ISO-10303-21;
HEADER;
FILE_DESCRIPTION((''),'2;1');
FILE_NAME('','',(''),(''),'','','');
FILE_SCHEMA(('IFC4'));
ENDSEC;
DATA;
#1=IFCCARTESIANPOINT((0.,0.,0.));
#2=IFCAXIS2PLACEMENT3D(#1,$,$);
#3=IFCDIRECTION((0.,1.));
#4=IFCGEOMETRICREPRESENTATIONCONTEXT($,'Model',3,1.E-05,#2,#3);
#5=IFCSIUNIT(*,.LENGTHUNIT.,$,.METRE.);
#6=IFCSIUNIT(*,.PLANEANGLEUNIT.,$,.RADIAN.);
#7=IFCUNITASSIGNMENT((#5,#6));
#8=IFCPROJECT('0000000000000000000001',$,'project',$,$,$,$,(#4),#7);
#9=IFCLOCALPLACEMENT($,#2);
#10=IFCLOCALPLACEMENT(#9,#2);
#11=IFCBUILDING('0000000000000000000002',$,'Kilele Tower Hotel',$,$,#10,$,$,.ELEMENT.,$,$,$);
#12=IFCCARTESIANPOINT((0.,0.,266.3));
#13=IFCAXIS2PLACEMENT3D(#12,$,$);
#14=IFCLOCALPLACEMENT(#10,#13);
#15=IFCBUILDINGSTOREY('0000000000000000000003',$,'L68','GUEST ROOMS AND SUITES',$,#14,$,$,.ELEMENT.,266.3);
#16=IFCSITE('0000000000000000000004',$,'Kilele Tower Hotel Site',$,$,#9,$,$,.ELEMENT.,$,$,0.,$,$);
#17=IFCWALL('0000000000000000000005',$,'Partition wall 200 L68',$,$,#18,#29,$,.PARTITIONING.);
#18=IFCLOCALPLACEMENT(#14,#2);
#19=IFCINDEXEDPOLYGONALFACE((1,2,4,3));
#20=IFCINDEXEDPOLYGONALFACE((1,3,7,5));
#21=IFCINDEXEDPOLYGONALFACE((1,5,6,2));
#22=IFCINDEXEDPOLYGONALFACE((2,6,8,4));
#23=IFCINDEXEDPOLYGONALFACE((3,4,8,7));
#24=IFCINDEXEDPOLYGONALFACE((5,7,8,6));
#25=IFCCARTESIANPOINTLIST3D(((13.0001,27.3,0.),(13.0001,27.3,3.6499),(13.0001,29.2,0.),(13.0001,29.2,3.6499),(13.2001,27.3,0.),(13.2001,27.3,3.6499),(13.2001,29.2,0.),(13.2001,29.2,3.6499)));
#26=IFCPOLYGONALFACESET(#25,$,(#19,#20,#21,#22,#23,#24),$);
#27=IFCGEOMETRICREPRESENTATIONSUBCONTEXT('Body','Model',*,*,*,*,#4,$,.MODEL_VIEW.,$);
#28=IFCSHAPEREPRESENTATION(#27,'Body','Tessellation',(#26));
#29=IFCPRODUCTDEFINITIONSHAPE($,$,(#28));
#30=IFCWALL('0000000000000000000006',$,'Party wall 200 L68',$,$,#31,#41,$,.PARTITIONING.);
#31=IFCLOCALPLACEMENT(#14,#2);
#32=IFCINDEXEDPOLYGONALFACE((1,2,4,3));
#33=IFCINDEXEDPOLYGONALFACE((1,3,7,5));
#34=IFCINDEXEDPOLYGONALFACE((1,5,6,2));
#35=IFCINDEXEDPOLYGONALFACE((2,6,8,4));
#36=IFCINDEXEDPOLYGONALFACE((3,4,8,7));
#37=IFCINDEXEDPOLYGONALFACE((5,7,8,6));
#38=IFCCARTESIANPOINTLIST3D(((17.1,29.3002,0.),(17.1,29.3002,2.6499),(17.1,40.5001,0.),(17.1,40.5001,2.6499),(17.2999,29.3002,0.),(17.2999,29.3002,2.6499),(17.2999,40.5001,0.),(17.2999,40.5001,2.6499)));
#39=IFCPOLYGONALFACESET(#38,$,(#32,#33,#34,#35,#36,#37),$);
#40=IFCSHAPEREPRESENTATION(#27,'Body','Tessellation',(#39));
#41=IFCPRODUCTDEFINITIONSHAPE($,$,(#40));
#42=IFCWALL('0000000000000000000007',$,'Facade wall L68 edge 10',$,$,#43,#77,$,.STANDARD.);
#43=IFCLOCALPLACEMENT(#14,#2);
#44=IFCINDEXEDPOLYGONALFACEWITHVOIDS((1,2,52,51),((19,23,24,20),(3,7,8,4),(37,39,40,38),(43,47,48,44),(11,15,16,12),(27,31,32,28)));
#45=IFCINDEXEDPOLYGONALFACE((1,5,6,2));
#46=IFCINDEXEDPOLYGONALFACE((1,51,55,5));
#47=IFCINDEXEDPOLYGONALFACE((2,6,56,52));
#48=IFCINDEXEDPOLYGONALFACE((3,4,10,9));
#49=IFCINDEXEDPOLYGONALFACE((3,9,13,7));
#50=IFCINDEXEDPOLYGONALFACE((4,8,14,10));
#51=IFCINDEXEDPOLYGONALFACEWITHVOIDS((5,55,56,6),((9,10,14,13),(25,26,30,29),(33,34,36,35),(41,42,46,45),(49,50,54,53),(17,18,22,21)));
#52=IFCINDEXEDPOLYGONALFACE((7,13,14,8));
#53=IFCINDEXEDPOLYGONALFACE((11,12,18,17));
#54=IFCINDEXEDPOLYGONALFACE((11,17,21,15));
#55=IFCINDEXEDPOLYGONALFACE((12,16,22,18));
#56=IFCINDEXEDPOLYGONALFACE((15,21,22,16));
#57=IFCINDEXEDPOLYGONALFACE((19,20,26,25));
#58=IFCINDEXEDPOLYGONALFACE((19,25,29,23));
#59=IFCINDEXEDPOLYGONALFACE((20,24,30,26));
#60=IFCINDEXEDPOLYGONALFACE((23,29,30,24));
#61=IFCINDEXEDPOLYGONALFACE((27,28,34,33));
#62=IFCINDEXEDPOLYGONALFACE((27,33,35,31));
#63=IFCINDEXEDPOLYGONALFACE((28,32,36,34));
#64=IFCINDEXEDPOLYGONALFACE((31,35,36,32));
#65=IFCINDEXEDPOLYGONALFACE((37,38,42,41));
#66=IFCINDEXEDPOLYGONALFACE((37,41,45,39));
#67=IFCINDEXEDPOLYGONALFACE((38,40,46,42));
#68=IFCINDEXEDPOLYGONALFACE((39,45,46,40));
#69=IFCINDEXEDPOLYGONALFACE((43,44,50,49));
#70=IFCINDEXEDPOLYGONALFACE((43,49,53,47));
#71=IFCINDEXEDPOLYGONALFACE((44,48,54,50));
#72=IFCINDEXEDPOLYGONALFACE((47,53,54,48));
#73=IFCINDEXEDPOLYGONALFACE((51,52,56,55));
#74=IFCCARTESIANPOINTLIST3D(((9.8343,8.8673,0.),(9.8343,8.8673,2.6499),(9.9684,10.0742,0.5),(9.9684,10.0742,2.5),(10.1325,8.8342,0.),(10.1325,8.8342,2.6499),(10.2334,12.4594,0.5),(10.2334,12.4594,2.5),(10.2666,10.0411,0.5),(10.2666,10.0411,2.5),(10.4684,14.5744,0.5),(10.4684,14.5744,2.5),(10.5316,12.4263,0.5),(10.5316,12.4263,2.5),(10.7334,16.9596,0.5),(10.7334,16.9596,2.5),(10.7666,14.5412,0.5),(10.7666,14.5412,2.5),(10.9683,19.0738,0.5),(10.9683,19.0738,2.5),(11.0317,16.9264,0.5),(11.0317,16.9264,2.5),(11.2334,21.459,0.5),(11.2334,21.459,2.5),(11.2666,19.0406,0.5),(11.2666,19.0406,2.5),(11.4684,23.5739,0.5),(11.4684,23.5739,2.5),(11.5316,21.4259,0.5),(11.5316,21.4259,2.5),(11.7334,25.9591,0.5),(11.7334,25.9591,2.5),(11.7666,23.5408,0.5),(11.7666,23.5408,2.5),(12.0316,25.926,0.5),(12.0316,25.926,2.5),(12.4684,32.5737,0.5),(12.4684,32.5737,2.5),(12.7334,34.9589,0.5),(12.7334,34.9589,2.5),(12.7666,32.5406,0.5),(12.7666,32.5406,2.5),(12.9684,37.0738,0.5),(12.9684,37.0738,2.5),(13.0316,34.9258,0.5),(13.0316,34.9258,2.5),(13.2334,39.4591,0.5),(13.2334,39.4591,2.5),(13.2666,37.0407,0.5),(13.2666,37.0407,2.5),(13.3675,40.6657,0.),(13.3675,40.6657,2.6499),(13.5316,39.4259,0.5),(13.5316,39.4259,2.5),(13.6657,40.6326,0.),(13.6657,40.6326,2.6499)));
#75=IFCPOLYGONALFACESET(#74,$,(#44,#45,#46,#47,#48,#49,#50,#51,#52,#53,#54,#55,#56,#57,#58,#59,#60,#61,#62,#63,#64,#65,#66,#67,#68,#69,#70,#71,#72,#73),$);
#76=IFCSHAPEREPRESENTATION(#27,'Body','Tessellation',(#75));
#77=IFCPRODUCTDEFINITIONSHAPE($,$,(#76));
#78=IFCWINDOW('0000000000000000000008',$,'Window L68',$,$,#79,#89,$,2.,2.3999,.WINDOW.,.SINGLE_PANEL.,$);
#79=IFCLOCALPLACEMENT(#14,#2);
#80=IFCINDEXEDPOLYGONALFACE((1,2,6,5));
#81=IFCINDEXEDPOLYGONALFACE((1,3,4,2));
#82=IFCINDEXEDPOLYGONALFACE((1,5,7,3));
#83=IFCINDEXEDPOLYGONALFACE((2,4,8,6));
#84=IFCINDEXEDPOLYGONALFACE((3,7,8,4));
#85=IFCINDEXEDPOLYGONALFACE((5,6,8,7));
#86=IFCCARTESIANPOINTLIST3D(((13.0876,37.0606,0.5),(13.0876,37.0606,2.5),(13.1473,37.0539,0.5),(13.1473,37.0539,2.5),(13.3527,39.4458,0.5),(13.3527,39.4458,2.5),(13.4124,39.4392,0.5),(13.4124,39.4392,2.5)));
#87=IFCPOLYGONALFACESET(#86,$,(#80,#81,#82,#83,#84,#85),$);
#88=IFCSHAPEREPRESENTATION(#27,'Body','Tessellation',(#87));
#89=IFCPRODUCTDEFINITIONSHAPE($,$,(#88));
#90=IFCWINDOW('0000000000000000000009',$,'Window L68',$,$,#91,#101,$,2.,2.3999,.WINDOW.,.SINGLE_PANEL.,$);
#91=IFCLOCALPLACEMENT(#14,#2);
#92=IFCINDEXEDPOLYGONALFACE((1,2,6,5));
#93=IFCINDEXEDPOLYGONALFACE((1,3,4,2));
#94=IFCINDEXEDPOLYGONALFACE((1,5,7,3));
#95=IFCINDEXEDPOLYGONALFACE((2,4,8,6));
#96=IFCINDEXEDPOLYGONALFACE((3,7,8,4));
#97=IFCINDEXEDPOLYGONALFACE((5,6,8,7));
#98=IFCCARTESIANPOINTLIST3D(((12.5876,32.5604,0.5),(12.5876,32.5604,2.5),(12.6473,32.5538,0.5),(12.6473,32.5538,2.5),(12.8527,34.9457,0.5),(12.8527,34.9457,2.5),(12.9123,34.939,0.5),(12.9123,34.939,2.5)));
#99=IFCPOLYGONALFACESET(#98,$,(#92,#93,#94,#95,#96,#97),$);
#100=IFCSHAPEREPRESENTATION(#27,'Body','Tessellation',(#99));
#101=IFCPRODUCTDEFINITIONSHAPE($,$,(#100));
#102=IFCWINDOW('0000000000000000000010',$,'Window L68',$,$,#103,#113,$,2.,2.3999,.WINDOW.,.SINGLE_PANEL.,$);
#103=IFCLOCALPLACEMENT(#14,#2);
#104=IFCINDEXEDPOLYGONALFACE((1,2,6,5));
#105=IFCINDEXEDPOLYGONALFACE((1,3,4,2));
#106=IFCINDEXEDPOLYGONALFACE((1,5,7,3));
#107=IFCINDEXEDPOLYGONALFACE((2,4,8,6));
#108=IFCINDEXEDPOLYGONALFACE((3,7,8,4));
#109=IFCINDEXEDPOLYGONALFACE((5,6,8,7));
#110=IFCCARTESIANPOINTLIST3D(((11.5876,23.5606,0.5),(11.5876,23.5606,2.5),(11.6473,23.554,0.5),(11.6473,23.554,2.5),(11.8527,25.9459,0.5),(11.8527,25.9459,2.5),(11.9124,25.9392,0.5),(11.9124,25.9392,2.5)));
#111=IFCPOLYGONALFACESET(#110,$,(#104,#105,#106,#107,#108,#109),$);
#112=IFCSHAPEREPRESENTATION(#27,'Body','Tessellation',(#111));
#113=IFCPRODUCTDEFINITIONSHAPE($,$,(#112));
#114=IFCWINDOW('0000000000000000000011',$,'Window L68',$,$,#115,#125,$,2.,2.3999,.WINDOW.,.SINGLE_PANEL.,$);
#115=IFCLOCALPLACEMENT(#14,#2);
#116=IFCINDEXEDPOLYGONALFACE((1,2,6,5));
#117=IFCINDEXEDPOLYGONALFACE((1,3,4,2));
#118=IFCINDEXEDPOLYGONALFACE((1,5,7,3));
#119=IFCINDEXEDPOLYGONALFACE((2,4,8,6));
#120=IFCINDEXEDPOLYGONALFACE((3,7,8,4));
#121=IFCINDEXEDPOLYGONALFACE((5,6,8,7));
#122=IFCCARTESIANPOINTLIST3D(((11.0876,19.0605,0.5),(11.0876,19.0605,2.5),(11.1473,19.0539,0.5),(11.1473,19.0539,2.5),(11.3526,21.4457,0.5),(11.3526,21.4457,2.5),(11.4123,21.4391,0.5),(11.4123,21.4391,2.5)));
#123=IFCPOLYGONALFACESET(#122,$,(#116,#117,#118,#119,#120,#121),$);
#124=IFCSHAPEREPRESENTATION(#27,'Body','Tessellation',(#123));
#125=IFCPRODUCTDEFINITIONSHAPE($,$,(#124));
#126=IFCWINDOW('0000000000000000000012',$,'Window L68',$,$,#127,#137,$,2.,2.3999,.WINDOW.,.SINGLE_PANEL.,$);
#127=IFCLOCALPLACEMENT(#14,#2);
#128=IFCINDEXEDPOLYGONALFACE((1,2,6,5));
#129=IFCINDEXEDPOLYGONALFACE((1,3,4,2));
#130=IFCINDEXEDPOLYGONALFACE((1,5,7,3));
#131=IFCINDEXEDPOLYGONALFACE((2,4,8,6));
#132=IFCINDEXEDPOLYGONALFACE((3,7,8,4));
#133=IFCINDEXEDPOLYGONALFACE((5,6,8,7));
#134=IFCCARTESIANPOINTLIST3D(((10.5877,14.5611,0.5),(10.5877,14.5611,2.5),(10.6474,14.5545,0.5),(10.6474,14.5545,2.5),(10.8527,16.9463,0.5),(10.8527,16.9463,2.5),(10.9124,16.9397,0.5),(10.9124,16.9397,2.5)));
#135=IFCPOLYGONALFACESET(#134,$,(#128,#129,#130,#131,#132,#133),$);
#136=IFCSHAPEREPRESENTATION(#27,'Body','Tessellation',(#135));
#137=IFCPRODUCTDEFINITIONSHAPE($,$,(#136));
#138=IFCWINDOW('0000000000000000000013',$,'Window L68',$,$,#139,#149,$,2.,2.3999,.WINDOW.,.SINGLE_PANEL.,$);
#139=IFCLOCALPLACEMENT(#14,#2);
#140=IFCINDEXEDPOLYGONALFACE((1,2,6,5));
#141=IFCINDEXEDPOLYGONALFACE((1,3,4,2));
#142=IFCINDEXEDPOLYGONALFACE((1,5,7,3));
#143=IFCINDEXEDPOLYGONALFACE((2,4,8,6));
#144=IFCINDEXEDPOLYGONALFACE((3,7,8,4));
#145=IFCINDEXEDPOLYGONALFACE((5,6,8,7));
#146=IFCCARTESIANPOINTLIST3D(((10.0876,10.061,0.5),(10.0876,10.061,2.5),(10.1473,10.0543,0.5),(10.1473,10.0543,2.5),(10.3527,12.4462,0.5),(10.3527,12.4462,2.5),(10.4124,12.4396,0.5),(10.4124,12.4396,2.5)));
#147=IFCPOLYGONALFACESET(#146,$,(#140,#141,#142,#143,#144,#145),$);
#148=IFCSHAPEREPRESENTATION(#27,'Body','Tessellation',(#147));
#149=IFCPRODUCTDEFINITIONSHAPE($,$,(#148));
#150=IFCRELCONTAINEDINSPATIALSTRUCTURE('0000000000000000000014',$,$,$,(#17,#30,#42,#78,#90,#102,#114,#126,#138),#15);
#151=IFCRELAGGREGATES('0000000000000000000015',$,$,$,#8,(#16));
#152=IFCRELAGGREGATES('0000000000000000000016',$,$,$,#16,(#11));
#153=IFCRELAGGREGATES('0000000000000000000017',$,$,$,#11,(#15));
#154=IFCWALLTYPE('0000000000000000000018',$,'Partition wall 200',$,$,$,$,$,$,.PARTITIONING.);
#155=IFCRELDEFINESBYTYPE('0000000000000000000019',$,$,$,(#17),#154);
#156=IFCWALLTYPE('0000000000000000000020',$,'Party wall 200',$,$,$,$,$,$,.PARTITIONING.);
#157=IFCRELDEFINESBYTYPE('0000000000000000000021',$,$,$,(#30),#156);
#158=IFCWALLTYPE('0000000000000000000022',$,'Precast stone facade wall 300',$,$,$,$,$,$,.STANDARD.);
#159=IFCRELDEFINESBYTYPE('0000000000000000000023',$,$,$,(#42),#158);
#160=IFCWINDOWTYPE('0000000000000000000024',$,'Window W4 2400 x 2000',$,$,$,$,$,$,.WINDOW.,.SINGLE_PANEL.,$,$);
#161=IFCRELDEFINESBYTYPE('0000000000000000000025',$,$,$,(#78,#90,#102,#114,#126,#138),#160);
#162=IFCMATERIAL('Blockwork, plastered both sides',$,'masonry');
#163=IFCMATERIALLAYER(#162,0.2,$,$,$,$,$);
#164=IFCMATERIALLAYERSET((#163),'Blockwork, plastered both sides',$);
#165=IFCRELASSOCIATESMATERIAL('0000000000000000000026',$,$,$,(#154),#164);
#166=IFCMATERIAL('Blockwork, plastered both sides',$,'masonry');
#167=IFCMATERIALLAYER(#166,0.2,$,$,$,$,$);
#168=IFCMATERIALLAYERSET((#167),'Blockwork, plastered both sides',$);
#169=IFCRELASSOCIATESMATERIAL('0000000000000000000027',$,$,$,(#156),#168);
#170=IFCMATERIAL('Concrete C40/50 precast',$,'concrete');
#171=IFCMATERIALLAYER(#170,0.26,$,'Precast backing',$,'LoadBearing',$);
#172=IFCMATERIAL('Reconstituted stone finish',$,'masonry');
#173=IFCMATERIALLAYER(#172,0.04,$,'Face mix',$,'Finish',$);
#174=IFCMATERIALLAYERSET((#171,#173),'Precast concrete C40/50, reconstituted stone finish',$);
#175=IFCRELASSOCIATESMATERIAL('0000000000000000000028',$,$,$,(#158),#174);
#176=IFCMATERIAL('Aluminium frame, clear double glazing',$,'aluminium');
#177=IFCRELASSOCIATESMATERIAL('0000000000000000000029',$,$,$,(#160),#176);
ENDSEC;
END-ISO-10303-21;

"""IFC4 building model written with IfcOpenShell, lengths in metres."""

from ifc_helpers import new_model, si_unit, direction, frame, frame_2d, origin, place, context, subcontext, project, spatial, rectangle, extrude, material, layer, layer_set, type_object, element, fill, save


model = new_model("IFC4")

# Units and contexts
model_context = context("Model", 3, precision=1e-05, world=origin(), true_north=direction((0.0, 1.0)))
body_context = subcontext(model_context, "Body", "Model", "MODEL_VIEW")
ifc_project = project(units=[si_unit("LENGTHUNIT", "METRE"), si_unit("PLANEANGLEUNIT", "RADIAN")], contexts=[model_context])

# Site, building, storey
site_placement = place(None, origin())
site = spatial("IfcSite", under=ifc_project, at=site_placement, Name="Kilele Tower Hotel Site", CompositionType="ELEMENT", RefElevation=0.0)
building_placement = place(site_placement, origin())
building = spatial("IfcBuilding", under=site, at=building_placement, Name="Kilele Tower Hotel", CompositionType="ELEMENT")
storey_placement = place(building_placement, frame((0.0, 0.0, 266.3)))
storey = spatial("IfcBuildingStorey", under=building, at=storey_placement, Name="L68", Description="GUEST ROOMS AND SUITES", CompositionType="ELEMENT", Elevation=266.3)

# Walls
ifc_material_1 = material(Name="Blockwork, plastered both sides", Category="masonry")
ifc_layer_1 = layer(ifc_material_1, 0.2)
ifc_layer_set_1 = layer_set([ifc_layer_1], Name="Blockwork, plastered both sides")
wall_type_1 = type_object("IfcWallType", Name="Partition wall 200", PredefinedType="PARTITIONING", material=ifc_layer_set_1)
wall_1_placement = place(storey_placement, frame((13.1001, 27.3, 0.0), z_axis=(0.0, 0.0, 1.0), x_axis=(0.0, 1.0, 0.0)))
element("IfcWall", 1, at=wall_1_placement, inside=storey, type_object=wall_type_1, Name="Partition wall 200 L68", PredefinedType="PARTITIONING", context=body_context, shape_type="SweptSolid", body=[
    extrude(rectangle(XDim=1.8999, YDim=0.2, at=frame_2d((0.95, 0.0))), origin(), (0.0, 0.0, 1.0), 3.6499),
])
ifc_material_2 = material(Name="Blockwork, plastered both sides", Category="masonry")
ifc_layer_2 = layer(ifc_material_2, 0.2)
ifc_layer_set_2 = layer_set([ifc_layer_2], Name="Blockwork, plastered both sides")
wall_type_2 = type_object("IfcWallType", Name="Party wall 200", PredefinedType="PARTITIONING", material=ifc_layer_set_2)
wall_2_placement = place(storey_placement, frame((17.2, 29.3, 0.0), z_axis=(0.0, 0.0, 1.0), x_axis=(0.0, 1.0, 0.0)))
element("IfcWall", 2, at=wall_2_placement, inside=storey, type_object=wall_type_2, Name="Party wall 200 L68", PredefinedType="PARTITIONING", context=body_context, shape_type="SweptSolid", body=[
    extrude(rectangle(XDim=11.2, YDim=0.2, at=frame_2d((5.6001, 0.0))), origin(), (0.0, 0.0, 1.0), 2.6499),
])

# Wall, openings, windows
ifc_material_3 = material(Name="Concrete C40/50 precast", Category="concrete")
ifc_layer_3 = layer(ifc_material_3, 0.26, Name="Precast backing", Category="LoadBearing")
ifc_material_4 = material(Name="Reconstituted stone finish", Category="masonry")
ifc_layer_4 = layer(ifc_material_4, 0.04, Name="Face mix", Category="Finish")
ifc_layer_set_3 = layer_set([ifc_layer_3, ifc_layer_4], Name="Precast concrete C40/50, reconstituted stone finish")
wall_type_3 = type_object("IfcWallType", Name="Precast stone facade wall 300", PredefinedType="STANDARD", material=ifc_layer_set_3)
wall_3_placement = place(storey_placement, frame((13.5166, 40.6492, 0.0), z_axis=(0.0, 0.0, 1.0), x_axis=(-0.110433, -0.993884, 0.0)))
wall_3 = element("IfcWall", 3, at=wall_3_placement, inside=storey, type_object=wall_type_3, Name="Facade wall L68 edge 10", PredefinedType="STANDARD", context=body_context, shape_type="SweptSolid", body=[
    extrude(rectangle(XDim=31.9941, YDim=0.3, at=frame_2d((15.9971, 0.0))), origin(), (0.0, 0.0, 1.0), 2.6499),
])
opening_1_placement = place(wall_3_placement, frame((1.2141, 0.0, 0.5)))
opening_1 = element("IfcOpeningElement", 4, at=opening_1_placement, cuts=wall_3, PredefinedType="OPENING", context=body_context, shape_type="SweptSolid", body=[
    extrude(rectangle(XDim=2.3999, YDim=2.0, at=frame_2d((1.2, 1.0))), frame((0.0, 0.1599, 0.0), z_axis=(0.0, -1.0, 0.0), x_axis=(1.0, 0.0, 0.0)), (0.0, 0.0, 1.0), 0.3201),
])
opening_2_placement = place(wall_3_placement, frame((5.7419, 0.0, 0.5)))
opening_2 = element("IfcOpeningElement", 5, at=opening_2_placement, cuts=wall_3, PredefinedType="OPENING", context=body_context, shape_type="SweptSolid", body=[
    extrude(rectangle(XDim=2.3999, YDim=2.0, at=frame_2d((1.2, 1.0))), frame((0.0, 0.1599, 0.0), z_axis=(0.0, -1.0, 0.0), x_axis=(1.0, 0.0, 0.0)), (0.0, 0.0, 1.0), 0.3201),
])
opening_3_placement = place(wall_3_placement, frame((14.7971, 0.0, 0.5)))
opening_3 = element("IfcOpeningElement", 6, at=opening_3_placement, cuts=wall_3, PredefinedType="OPENING", context=body_context, shape_type="SweptSolid", body=[
    extrude(rectangle(XDim=2.3999, YDim=2.0, at=frame_2d((1.2, 1.0))), frame((0.0, 0.1599, 0.0), z_axis=(0.0, -1.0, 0.0), x_axis=(1.0, 0.0, 0.0)), (0.0, 0.0, 1.0), 0.3201),
])
opening_4_placement = place(wall_3_placement, frame((19.325, 0.0, 0.5)))
opening_4 = element("IfcOpeningElement", 7, at=opening_4_placement, cuts=wall_3, PredefinedType="OPENING", context=body_context, shape_type="SweptSolid", body=[
    extrude(rectangle(XDim=2.3999, YDim=2.0, at=frame_2d((1.2, 1.0))), frame((0.0, 0.1599, 0.0), z_axis=(0.0, -1.0, 0.0), x_axis=(1.0, 0.0, 0.0)), (0.0, 0.0, 1.0), 0.3201),
])
opening_5_placement = place(wall_3_placement, frame((23.8521, 0.0, 0.5)))
opening_5 = element("IfcOpeningElement", 8, at=opening_5_placement, cuts=wall_3, PredefinedType="OPENING", context=body_context, shape_type="SweptSolid", body=[
    extrude(rectangle(XDim=2.3999, YDim=2.0, at=frame_2d((1.2, 1.0))), frame((0.0, 0.1599, 0.0), z_axis=(0.0, -1.0, 0.0), x_axis=(1.0, 0.0, 0.0)), (0.0, 0.0, 1.0), 0.3201),
])
opening_6_placement = place(wall_3_placement, frame((28.3799, 0.0, 0.5)))
opening_6 = element("IfcOpeningElement", 9, at=opening_6_placement, cuts=wall_3, PredefinedType="OPENING", context=body_context, shape_type="SweptSolid", body=[
    extrude(rectangle(XDim=2.3999, YDim=2.0, at=frame_2d((1.2, 1.0))), frame((0.0, 0.1599, 0.0), z_axis=(0.0, -1.0, 0.0), x_axis=(1.0, 0.0, 0.0)), (0.0, 0.0, 1.0), 0.3201),
])
ifc_material_5 = material(Name="Aluminium frame, clear double glazing", Category="aluminium")
window_type = type_object("IfcWindowType", Name="Window W4 2400 x 2000", PartitioningType="SINGLE_PANEL", PredefinedType="WINDOW", material=ifc_material_5)
window_1_placement = place(opening_1_placement, origin())
window_1 = element("IfcWindow", 10, at=window_1_placement, inside=storey, type_object=window_type, Name="Window L68", OverallHeight=2.0, OverallWidth=2.3999, PartitioningType="SINGLE_PANEL", PredefinedType="WINDOW", context=body_context, shape_type="SweptSolid", body=[
    extrude(rectangle(XDim=2.3999, YDim=2.0, at=frame_2d((1.2, 1.0))), frame((0.0, 0.03, 0.0), z_axis=(0.0, -1.0, 0.0), x_axis=(1.0, 0.0, 0.0)), (0.0, 0.0, 1.0), 0.0601),
])
fill(opening_1, window_1)
window_2_placement = place(opening_2_placement, origin())
window_2 = element("IfcWindow", 11, at=window_2_placement, inside=storey, type_object=window_type, Name="Window L68", OverallHeight=2.0, OverallWidth=2.3999, PartitioningType="SINGLE_PANEL", PredefinedType="WINDOW", context=body_context, shape_type="SweptSolid", body=[
    extrude(rectangle(XDim=2.3999, YDim=2.0, at=frame_2d((1.2, 1.0))), frame((0.0, 0.03, 0.0), z_axis=(0.0, -1.0, 0.0), x_axis=(1.0, 0.0, 0.0)), (0.0, 0.0, 1.0), 0.0601),
])
fill(opening_2, window_2)
window_3_placement = place(opening_3_placement, origin())
window_3 = element("IfcWindow", 12, at=window_3_placement, inside=storey, type_object=window_type, Name="Window L68", OverallHeight=2.0, OverallWidth=2.3999, PartitioningType="SINGLE_PANEL", PredefinedType="WINDOW", context=body_context, shape_type="SweptSolid", body=[
    extrude(rectangle(XDim=2.3999, YDim=2.0, at=frame_2d((1.2, 1.0))), frame((0.0, 0.03, 0.0), z_axis=(0.0, -1.0, 0.0), x_axis=(1.0, 0.0, 0.0)), (0.0, 0.0, 1.0), 0.0601),
])
fill(opening_3, window_3)
window_4_placement = place(opening_4_placement, origin())
window_4 = element("IfcWindow", 13, at=window_4_placement, inside=storey, type_object=window_type, Name="Window L68", OverallHeight=2.0, OverallWidth=2.3999, PartitioningType="SINGLE_PANEL", PredefinedType="WINDOW", context=body_context, shape_type="SweptSolid", body=[
    extrude(rectangle(XDim=2.3999, YDim=2.0, at=frame_2d((1.2, 1.0))), frame((0.0, 0.03, 0.0), z_axis=(0.0, -1.0, 0.0), x_axis=(1.0, 0.0, 0.0)), (0.0, 0.0, 1.0), 0.0601),
])
fill(opening_4, window_4)
window_5_placement = place(opening_5_placement, origin())
window_5 = element("IfcWindow", 14, at=window_5_placement, inside=storey, type_object=window_type, Name="Window L68", OverallHeight=2.0, OverallWidth=2.3999, PartitioningType="SINGLE_PANEL", PredefinedType="WINDOW", context=body_context, shape_type="SweptSolid", body=[
    extrude(rectangle(XDim=2.3999, YDim=2.0, at=frame_2d((1.2, 1.0))), frame((0.0, 0.03, 0.0), z_axis=(0.0, -1.0, 0.0), x_axis=(1.0, 0.0, 0.0)), (0.0, 0.0, 1.0), 0.0601),
])
fill(opening_5, window_5)
window_6_placement = place(opening_6_placement, origin())
window_6 = element("IfcWindow", 15, at=window_6_placement, inside=storey, type_object=window_type, Name="Window L68", OverallHeight=2.0, OverallWidth=2.3999, PartitioningType="SINGLE_PANEL", PredefinedType="WINDOW", context=body_context, shape_type="SweptSolid", body=[
    extrude(rectangle(XDim=2.3999, YDim=2.0, at=frame_2d((1.2, 1.0))), frame((0.0, 0.03, 0.0), z_axis=(0.0, -1.0, 0.0), x_axis=(1.0, 0.0, 0.0)), (0.0, 0.0, 1.0), 0.0601),
])
fill(opening_6, window_6)

save(model, "model.ifc")
